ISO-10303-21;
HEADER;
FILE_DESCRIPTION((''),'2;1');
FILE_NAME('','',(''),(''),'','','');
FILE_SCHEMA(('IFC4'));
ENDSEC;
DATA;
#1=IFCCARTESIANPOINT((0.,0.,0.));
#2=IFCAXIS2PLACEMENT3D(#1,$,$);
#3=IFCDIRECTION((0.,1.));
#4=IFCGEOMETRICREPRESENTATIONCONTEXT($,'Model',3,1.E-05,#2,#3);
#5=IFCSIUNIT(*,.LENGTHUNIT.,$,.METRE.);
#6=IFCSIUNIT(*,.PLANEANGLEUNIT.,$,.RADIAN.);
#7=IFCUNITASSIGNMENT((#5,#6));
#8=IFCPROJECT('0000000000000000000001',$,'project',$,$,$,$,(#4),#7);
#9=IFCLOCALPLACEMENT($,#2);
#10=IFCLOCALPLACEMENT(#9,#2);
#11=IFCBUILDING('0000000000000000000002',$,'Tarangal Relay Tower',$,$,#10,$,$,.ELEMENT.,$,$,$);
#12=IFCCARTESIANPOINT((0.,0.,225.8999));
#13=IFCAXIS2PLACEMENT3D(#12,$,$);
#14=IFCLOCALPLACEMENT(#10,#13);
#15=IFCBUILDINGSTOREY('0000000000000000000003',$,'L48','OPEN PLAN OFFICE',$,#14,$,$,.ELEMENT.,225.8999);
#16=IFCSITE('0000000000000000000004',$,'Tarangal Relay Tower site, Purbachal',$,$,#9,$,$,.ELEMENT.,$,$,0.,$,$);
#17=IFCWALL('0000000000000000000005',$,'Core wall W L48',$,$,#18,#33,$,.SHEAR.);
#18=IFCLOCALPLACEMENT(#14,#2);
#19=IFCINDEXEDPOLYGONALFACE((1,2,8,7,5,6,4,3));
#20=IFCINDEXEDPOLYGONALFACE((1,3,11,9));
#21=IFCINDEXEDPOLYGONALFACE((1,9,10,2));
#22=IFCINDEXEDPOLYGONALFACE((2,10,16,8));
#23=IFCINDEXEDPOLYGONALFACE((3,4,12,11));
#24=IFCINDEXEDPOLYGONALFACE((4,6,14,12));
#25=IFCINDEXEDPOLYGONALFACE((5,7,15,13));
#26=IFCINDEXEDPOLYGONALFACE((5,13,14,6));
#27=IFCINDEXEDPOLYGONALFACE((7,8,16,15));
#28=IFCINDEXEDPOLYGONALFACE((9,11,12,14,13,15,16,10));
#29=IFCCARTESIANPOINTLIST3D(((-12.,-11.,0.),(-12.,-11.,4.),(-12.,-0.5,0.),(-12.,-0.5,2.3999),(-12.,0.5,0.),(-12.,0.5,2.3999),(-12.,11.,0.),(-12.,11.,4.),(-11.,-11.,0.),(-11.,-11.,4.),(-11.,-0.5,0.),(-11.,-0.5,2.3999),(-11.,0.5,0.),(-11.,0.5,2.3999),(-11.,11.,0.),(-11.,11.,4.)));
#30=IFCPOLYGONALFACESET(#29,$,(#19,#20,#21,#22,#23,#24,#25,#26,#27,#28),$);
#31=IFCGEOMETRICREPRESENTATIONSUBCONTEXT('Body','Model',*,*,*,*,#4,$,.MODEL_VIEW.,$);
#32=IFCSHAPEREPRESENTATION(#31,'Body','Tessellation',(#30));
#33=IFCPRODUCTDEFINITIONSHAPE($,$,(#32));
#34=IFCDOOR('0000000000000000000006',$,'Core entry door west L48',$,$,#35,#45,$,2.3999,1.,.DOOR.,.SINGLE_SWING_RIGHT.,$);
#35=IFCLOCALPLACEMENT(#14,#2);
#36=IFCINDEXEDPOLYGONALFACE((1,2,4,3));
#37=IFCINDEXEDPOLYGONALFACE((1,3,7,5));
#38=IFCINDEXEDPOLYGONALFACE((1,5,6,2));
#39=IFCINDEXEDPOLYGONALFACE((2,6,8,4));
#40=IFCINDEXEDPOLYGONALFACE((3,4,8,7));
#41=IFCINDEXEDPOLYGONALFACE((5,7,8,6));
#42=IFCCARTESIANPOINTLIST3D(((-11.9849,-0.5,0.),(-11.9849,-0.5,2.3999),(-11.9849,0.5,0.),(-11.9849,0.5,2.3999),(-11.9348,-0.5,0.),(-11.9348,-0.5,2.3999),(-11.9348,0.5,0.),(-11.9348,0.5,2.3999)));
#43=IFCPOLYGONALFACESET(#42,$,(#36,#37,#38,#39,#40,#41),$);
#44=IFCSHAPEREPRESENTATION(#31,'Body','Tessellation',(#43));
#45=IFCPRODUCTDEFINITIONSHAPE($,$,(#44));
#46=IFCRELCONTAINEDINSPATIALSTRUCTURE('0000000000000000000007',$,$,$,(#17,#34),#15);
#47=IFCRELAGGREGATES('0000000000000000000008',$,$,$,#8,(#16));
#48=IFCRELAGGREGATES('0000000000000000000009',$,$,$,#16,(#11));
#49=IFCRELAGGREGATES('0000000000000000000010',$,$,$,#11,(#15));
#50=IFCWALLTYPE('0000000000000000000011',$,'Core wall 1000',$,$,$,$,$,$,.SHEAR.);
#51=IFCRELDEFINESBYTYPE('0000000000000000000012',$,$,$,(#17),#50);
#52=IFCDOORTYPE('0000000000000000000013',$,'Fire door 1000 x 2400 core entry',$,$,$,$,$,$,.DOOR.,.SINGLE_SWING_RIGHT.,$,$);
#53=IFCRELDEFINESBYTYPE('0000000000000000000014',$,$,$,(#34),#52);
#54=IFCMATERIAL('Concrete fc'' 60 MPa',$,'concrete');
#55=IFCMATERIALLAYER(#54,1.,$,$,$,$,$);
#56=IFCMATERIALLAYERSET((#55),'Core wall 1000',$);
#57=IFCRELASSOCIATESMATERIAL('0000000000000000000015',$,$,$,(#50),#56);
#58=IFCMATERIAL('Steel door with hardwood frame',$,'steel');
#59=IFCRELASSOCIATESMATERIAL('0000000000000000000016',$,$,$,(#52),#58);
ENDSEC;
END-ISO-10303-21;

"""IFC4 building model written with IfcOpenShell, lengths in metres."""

from ifc_helpers import new_model, si_unit, direction, frame, frame_2d, origin, place, context, subcontext, project, spatial, rectangle, extrude, material, layer, layer_set, type_object, element, fill, save


model = new_model("IFC4")

# Units and contexts
model_context = context("Model", 3, precision=1e-05, world=origin(), true_north=direction((0.0, 1.0)))
body_context = subcontext(model_context, "Body", "Model", "MODEL_VIEW")
ifc_project = project(units=[si_unit("LENGTHUNIT", "METRE"), si_unit("PLANEANGLEUNIT", "RADIAN")], contexts=[model_context])

# Site, building, storey
site_placement = place(None, origin())
site = spatial("IfcSite", under=ifc_project, at=site_placement, Name="Tarangal Relay Tower site, Purbachal", CompositionType="ELEMENT", RefElevation=0.0)
building_placement = place(site_placement, origin())
building = spatial("IfcBuilding", under=site, at=building_placement, Name="Tarangal Relay Tower", CompositionType="ELEMENT")
storey_placement = place(building_placement, frame((0.0, 0.0, 225.8999)))
storey = spatial("IfcBuildingStorey", under=building, at=storey_placement, Name="L48", Description="OPEN PLAN OFFICE", CompositionType="ELEMENT", Elevation=225.8999)

# Shared definitions
ifc_material_1 = material(Name="Concrete fc' 60 MPa", Category="concrete")
ifc_material_2 = material(Name="Steel door with hardwood frame", Category="steel")

# Wall, opening, door
ifc_layer_1 = layer(ifc_material_1, 1.0)
ifc_layer_set_1 = layer_set([ifc_layer_1], Name="Core wall 1000")
wall_type_1 = type_object("IfcWallType", Name="Core wall 1000", PredefinedType="SHEAR", material=ifc_layer_set_1)
wall_1_placement = place(storey_placement, frame((-11.5, -11.0, 0.0), z_axis=(0.0, 0.0, 1.0), x_axis=(0.0, 1.0, 0.0)))
wall_1 = element("IfcWall", 1, at=wall_1_placement, inside=storey, type_object=wall_type_1, Name="Core wall W L48", PredefinedType="SHEAR", context=body_context, shape_type="SweptSolid", body=[
    extrude(rectangle(XDim=22.0, YDim=1.0, at=frame_2d((11.0, 0.0))), origin(), (0.0, 0.0, 1.0), 4.0),
])
opening_1_placement = place(wall_1_placement, frame((10.5, 0.0, 0.0)))
opening_1 = element("IfcOpeningElement", 2, at=opening_1_placement, cuts=wall_1, PredefinedType="OPENING", context=body_context, shape_type="SweptSolid", body=[
    extrude(rectangle(XDim=1.0, YDim=2.3999, at=frame_2d((0.5, 1.2))), frame((0.0, 0.51, 0.0), z_axis=(0.0, -1.0, 0.0), x_axis=(1.0, 0.0, 0.0)), (0.0, 0.0, 1.0), 1.02),
])
door_type_1 = type_object("IfcDoorType", Name="Fire door 1000 x 2400 core entry", OperationType="SINGLE_SWING_RIGHT", PredefinedType="DOOR", material=ifc_material_2)
door_1_placement = place(opening_1_placement, origin())
door_1 = element("IfcDoor", 3, at=door_1_placement, inside=storey, type_object=door_type_1, Name="Core entry door west L48", OperationType="SINGLE_SWING_RIGHT", OverallHeight=2.3999, OverallWidth=1.0, PredefinedType="DOOR", context=body_context, shape_type="SweptSolid", body=[
    extrude(rectangle(XDim=1.0, YDim=2.3999, at=frame_2d((0.5, 1.2))), frame((0.0, 0.4849, 0.0), z_axis=(0.0, -1.0, 0.0), x_axis=(1.0, 0.0, 0.0)), (0.0, 0.0, 1.0), 0.05),
])
fill(opening_1, door_1)

save(model, "model.ifc")
